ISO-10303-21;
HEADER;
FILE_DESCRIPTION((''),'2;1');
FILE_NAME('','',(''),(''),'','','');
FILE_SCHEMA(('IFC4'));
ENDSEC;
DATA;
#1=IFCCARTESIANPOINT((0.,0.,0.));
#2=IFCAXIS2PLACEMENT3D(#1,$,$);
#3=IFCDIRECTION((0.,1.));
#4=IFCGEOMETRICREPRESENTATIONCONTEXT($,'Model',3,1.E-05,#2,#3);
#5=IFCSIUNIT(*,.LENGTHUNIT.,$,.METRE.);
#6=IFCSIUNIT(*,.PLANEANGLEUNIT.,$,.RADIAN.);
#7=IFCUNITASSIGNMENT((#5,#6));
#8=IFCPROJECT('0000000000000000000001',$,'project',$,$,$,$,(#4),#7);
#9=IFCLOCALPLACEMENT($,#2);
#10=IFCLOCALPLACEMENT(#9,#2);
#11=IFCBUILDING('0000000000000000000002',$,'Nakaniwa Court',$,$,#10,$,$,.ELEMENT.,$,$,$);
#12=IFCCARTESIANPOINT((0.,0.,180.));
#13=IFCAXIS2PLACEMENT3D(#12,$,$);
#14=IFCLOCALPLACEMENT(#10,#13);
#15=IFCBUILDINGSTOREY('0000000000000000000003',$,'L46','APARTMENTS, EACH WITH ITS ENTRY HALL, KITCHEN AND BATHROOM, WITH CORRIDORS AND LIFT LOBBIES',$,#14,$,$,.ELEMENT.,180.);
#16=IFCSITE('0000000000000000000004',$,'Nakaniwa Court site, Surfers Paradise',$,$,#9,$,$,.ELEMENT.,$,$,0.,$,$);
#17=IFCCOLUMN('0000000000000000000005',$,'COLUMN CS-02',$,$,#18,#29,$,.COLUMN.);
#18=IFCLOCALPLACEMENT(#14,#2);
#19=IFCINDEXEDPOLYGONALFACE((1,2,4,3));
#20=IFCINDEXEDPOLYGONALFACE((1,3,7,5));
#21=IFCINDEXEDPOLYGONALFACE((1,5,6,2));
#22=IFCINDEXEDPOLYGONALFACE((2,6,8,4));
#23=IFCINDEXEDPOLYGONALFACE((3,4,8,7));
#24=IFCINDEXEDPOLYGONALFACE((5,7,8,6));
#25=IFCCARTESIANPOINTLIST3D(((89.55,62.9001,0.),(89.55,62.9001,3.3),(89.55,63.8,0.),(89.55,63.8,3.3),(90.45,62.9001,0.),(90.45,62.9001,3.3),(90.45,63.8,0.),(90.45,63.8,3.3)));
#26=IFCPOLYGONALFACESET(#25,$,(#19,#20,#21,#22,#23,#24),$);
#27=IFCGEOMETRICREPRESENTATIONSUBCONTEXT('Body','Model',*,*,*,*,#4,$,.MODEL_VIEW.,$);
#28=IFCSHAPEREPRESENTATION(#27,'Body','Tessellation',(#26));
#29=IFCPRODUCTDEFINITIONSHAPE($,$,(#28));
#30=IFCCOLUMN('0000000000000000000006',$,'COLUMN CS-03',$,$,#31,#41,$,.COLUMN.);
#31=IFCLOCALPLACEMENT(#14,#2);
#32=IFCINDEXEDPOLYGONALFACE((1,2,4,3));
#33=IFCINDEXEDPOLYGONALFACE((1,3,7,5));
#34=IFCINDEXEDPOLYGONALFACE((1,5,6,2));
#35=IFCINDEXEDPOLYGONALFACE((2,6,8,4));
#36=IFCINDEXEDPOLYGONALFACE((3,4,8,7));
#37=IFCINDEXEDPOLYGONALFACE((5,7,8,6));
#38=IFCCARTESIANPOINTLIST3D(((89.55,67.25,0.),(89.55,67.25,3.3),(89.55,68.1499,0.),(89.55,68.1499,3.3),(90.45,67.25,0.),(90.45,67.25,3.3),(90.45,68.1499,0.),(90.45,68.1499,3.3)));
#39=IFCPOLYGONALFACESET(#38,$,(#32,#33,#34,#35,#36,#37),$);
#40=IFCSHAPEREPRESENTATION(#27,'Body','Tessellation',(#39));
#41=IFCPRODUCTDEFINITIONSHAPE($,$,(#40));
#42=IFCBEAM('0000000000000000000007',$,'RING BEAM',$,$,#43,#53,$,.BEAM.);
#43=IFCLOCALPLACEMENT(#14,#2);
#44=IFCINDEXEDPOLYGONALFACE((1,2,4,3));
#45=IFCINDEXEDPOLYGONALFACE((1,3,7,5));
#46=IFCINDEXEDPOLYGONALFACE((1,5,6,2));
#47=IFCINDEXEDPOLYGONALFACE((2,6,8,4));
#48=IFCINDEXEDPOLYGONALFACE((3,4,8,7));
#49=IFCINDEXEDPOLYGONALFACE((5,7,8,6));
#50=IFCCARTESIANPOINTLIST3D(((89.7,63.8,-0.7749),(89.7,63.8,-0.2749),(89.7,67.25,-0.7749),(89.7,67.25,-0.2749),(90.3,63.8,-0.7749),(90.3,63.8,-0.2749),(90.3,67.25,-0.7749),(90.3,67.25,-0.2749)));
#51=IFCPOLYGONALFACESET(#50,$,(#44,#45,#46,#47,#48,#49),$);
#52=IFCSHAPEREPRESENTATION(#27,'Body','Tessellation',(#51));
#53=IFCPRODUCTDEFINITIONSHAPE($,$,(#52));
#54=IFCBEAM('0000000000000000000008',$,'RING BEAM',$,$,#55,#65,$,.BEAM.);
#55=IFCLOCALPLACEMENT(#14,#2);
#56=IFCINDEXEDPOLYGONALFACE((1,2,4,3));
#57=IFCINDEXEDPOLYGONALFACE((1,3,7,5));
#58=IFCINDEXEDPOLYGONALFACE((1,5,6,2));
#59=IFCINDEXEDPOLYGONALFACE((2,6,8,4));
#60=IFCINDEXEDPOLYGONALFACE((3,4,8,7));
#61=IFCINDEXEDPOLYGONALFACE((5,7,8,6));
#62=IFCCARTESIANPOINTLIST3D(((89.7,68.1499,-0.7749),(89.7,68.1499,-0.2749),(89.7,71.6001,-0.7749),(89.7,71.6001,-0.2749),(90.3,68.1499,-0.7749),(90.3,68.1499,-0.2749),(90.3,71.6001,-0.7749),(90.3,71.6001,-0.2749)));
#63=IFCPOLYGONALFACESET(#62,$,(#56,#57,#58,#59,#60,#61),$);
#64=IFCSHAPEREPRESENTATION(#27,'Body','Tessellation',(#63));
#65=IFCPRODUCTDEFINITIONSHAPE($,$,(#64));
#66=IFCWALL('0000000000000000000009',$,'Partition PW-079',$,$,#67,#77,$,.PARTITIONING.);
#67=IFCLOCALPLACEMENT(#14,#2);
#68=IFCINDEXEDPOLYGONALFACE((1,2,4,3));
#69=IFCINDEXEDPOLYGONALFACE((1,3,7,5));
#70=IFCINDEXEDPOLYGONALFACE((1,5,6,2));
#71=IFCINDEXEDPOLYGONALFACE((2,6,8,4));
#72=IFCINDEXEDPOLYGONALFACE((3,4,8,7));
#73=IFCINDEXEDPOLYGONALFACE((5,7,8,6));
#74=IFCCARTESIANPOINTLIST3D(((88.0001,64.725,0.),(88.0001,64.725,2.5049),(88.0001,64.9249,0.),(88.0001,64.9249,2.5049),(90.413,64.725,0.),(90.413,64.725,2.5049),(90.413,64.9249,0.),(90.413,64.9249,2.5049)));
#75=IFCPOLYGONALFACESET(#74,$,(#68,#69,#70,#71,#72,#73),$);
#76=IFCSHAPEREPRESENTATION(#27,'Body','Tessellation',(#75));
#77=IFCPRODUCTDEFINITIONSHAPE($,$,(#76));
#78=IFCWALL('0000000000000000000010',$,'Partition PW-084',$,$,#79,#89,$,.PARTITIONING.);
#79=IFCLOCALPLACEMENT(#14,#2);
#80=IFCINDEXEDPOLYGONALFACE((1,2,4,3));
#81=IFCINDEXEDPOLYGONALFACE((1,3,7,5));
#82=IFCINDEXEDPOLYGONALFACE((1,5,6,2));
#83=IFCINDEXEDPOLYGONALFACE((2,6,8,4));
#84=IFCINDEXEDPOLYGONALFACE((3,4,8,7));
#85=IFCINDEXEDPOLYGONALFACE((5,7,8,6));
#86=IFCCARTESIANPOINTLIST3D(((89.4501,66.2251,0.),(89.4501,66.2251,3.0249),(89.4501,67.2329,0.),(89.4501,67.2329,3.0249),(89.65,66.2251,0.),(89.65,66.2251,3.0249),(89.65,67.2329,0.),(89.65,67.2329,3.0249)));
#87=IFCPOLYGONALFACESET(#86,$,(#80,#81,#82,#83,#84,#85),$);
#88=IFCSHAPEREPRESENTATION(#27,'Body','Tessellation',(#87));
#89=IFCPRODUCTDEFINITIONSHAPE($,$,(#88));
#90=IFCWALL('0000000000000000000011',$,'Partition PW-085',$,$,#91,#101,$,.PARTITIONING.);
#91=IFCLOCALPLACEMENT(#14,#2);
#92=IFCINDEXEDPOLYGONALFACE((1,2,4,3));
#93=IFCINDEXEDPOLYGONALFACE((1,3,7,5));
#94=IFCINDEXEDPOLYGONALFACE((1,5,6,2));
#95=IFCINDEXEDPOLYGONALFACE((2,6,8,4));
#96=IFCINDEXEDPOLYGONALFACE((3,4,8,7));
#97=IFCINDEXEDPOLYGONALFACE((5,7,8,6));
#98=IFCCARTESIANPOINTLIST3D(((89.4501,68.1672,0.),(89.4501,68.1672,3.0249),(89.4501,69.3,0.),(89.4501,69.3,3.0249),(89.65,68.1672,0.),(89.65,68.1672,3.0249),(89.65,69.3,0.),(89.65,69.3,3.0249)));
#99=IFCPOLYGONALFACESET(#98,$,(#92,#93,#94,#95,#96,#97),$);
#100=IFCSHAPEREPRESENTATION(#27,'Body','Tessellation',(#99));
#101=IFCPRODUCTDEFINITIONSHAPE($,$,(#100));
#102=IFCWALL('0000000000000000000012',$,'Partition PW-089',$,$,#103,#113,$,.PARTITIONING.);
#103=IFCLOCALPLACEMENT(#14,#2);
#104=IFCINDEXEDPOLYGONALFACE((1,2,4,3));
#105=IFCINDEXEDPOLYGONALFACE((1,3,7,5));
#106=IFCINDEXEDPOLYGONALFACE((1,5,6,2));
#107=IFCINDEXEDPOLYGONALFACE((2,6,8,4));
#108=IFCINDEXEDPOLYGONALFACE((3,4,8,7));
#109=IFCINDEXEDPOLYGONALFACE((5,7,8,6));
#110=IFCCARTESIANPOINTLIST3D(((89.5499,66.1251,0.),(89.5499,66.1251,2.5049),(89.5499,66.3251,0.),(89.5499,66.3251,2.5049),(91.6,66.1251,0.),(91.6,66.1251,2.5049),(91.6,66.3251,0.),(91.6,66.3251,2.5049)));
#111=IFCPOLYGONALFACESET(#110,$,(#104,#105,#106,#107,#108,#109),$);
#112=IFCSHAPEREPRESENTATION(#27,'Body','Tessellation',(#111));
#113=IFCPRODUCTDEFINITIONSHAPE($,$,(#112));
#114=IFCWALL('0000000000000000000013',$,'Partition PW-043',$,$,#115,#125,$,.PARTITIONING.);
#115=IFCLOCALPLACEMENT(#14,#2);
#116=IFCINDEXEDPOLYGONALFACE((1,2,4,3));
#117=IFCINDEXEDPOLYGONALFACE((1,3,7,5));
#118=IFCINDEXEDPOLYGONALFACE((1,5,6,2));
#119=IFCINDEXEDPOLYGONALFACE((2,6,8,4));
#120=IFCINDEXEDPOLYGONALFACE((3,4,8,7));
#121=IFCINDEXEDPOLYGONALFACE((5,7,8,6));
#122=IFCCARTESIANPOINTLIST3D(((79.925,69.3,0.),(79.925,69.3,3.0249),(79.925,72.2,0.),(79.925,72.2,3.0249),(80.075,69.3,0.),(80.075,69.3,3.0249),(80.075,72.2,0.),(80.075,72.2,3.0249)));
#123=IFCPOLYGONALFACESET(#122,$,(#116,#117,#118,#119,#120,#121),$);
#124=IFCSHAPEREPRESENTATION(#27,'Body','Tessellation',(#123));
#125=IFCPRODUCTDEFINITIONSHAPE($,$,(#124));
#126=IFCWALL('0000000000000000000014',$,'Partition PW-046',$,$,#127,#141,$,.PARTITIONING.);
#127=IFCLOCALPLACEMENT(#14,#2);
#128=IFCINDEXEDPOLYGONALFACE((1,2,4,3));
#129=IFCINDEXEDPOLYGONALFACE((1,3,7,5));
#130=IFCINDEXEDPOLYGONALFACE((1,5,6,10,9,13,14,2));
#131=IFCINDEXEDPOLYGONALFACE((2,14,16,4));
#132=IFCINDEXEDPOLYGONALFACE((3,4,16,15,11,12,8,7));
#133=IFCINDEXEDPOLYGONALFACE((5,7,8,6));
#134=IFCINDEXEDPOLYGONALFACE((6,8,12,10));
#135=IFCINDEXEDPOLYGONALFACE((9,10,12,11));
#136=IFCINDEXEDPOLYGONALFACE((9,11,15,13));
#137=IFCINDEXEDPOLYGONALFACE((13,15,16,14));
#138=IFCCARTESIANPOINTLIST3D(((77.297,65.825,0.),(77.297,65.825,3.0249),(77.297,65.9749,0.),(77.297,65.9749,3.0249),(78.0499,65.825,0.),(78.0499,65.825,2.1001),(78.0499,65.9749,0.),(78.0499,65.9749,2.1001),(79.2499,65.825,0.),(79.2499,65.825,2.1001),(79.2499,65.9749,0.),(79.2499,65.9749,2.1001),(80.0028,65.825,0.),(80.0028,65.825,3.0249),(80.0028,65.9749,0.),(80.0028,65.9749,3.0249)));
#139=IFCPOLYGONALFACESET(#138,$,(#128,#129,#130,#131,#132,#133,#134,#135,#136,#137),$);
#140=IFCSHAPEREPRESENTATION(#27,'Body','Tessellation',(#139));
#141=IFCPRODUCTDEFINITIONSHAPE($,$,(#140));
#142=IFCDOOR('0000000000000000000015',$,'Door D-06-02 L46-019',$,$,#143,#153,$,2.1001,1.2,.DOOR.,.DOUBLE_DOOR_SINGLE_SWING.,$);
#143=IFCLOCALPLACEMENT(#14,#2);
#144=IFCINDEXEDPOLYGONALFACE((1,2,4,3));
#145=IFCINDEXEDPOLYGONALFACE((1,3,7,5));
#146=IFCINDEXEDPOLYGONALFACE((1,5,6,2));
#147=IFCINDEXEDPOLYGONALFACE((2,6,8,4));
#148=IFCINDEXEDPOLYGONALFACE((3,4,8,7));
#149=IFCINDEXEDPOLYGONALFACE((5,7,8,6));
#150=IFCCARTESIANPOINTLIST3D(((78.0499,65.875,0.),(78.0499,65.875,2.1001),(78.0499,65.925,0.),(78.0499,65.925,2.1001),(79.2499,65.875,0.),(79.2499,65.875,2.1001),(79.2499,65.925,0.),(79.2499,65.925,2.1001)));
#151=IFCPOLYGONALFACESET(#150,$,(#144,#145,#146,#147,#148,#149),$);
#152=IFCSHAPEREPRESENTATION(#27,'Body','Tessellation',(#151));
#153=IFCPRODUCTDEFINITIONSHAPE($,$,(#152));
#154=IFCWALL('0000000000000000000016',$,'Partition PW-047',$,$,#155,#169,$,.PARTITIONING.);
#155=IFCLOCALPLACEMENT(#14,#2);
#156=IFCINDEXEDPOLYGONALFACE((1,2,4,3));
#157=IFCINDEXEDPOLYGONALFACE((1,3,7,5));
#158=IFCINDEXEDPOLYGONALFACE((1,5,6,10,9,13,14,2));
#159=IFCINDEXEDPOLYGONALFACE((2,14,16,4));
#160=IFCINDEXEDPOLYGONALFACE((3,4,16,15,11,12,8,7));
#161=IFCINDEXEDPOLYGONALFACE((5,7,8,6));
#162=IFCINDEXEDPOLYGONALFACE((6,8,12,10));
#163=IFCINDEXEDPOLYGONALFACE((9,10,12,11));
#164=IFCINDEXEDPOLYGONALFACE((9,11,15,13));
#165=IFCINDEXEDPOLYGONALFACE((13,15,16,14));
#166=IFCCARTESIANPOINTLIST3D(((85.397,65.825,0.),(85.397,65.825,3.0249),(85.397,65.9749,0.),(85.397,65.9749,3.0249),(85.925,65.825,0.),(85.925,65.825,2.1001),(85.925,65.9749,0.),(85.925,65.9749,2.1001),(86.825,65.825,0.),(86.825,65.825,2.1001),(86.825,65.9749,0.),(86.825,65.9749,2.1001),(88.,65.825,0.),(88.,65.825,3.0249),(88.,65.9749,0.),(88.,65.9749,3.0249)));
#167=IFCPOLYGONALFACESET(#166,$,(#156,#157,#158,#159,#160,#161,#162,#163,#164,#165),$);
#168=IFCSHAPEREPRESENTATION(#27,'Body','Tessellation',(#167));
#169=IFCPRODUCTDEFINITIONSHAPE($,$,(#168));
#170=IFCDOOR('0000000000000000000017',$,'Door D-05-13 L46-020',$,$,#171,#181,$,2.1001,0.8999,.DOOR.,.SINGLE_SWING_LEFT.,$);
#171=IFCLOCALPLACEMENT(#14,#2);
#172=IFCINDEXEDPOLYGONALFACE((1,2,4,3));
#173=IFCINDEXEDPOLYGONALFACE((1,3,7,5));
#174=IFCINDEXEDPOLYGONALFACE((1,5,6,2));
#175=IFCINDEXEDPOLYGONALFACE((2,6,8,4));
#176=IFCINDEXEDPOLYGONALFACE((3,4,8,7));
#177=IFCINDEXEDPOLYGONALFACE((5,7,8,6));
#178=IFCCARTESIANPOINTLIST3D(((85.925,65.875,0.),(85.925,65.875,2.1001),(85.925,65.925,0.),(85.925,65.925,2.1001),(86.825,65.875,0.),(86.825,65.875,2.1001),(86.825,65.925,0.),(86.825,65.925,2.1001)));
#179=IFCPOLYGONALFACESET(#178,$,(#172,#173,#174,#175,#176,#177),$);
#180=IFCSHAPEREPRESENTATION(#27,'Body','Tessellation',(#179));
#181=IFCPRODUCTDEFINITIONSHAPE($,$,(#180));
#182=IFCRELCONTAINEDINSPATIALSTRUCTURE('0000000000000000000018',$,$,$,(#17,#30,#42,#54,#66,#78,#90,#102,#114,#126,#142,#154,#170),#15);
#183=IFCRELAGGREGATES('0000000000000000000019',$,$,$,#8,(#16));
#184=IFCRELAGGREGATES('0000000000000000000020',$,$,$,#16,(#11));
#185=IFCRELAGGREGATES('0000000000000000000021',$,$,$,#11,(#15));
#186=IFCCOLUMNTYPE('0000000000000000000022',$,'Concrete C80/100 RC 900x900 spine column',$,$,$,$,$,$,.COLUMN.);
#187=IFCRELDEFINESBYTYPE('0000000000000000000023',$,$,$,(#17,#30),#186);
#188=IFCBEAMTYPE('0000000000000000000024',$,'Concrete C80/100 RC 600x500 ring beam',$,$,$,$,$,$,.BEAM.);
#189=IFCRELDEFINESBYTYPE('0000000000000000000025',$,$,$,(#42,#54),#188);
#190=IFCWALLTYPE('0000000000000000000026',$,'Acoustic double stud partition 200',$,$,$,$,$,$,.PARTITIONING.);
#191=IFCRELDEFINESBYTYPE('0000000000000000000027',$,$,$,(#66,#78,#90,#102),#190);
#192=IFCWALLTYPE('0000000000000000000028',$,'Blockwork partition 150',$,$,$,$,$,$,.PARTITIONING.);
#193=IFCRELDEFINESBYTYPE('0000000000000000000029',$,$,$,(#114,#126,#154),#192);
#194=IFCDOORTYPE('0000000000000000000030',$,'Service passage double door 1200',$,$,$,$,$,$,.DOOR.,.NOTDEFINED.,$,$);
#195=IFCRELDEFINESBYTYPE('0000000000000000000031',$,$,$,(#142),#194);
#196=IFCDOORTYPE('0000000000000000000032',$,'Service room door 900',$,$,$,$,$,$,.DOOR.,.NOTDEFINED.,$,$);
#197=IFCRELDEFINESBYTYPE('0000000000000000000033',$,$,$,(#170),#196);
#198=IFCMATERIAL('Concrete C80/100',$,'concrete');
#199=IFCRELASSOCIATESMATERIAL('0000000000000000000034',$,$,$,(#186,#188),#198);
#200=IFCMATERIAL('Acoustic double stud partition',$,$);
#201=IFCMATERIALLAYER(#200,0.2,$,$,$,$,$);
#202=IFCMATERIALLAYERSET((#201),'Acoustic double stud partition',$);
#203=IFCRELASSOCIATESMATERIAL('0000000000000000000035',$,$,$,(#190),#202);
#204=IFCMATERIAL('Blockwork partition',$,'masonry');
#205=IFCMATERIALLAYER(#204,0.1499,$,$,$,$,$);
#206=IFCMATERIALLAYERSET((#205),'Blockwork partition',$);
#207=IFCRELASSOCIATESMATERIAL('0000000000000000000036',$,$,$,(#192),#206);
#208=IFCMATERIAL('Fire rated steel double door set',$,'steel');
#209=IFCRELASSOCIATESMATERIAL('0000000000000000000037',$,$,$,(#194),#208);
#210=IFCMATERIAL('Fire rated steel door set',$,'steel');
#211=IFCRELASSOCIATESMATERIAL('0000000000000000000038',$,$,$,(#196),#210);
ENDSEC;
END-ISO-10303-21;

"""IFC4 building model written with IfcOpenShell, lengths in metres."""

from ifc_helpers import new_model, si_unit, direction, frame, frame_2d, origin, origin_2d, place, context, subcontext, project, spatial, rectangle, extrude, material, layer, layer_set, material_profile, profile_set, type_object, element, fill, save


model = new_model("IFC4")

# Units and contexts
model_context = context("Model", 3, precision=1e-05, world=origin(), true_north=direction((0.0, 1.0)))
body_context = subcontext(model_context, "Body", "Model", "MODEL_VIEW")
ifc_project = project(units=[si_unit("LENGTHUNIT", "METRE"), si_unit("PLANEANGLEUNIT", "RADIAN")], contexts=[model_context])

# Site, building, storey
site_placement = place(None, origin())
site = spatial("IfcSite", under=ifc_project, at=site_placement, Name="Nakaniwa Court site, Surfers Paradise", CompositionType="ELEMENT", RefElevation=0.0)
building_placement = place(site_placement, origin())
building = spatial("IfcBuilding", under=site, at=building_placement, Name="Nakaniwa Court", CompositionType="ELEMENT")
storey_placement = place(building_placement, frame((0.0, 0.0, 180.0)))
storey = spatial("IfcBuildingStorey", under=building, at=storey_placement, Name="L46", Description="APARTMENTS, EACH WITH ITS ENTRY HALL, KITCHEN AND BATHROOM, WITH CORRIDORS AND LIFT LOBBIES", CompositionType="ELEMENT", Elevation=180.0)

# Columns
ifc_material_1 = material(Name="Concrete C80/100", Category="concrete")
ifc_material_profile_1 = material_profile(ifc_material_1, rectangle(XDim=0.8999, YDim=0.8999, at=origin_2d()), Name="Concrete C80/100 RC 900x900 spine column")
ifc_profile_set_1 = profile_set([ifc_material_profile_1], Name="Concrete C80/100")
column_type = type_object("IfcColumnType", Name="Concrete C80/100 RC 900x900 spine column", PredefinedType="COLUMN", material=ifc_profile_set_1)
for number, where, z_axis, x_axis, name in (
    (1, (90.0, 63.3501, 0.0), (0.0, 0.0, 1.0), (0.0, 1.0, 0.0), "COLUMN CS-02"),
    (2, (90.0, 67.7, 0.0), (0.0, 0.0, 1.0), (0.0, 1.0, 0.0), "COLUMN CS-03"),
):
    element("IfcColumn", number, at=place(storey_placement, frame(where, z_axis=z_axis, x_axis=x_axis)), inside=storey, type_object=column_type, Name=name, PredefinedType="COLUMN", context=body_context, shape_type="SweptSolid", body=[
        extrude(rectangle(XDim=0.8999, YDim=0.8999, at=origin_2d()), origin(), (0.0, 0.0, 1.0), 3.3),
    ])

# Beams
ifc_material_profile_2 = material_profile(ifc_material_1, rectangle(XDim=0.6001, YDim=0.5, at=origin_2d()), Name="Concrete C80/100 RC 600x500 ring beam")
ifc_profile_set_2 = profile_set([ifc_material_profile_2], Name="Concrete C80/100")
beam_type = type_object("IfcBeamType", Name="Concrete C80/100 RC 600x500 ring beam", PredefinedType="BEAM", material=ifc_profile_set_2)
beam_1_placement = place(storey_placement, frame((90.0, 63.8, -0.5249), z_axis=(0.0, 1.0, 0.0), x_axis=(-1.0, 0.0, 0.0)))
element("IfcBeam", 3, at=beam_1_placement, inside=storey, type_object=beam_type, Name="RING BEAM", PredefinedType="BEAM", context=body_context, shape_type="SweptSolid", body=[
    extrude(rectangle(XDim=0.6001, YDim=0.5, at=origin_2d()), origin(), (0.0, 0.0, 1.0), 3.45),
])
beam_2_placement = place(storey_placement, frame((90.0, 68.1499, -0.5249), z_axis=(0.0, 1.0, 0.0), x_axis=(-1.0, 0.0, 0.0)))
element("IfcBeam", 4, at=beam_2_placement, inside=storey, type_object=beam_type, Name="RING BEAM", PredefinedType="BEAM", context=body_context, shape_type="SweptSolid", body=[
    extrude(rectangle(XDim=0.6001, YDim=0.5, at=origin_2d()), origin(), (0.0, 0.0, 1.0), 3.4502),
])

# Walls
ifc_material_2 = material(Name="Acoustic double stud partition")
ifc_layer_1 = layer(ifc_material_2, 0.2)
ifc_layer_set_1 = layer_set([ifc_layer_1], Name="Acoustic double stud partition")
wall_type_1 = type_object("IfcWallType", Name="Acoustic double stud partition 200", PredefinedType="PARTITIONING", material=ifc_layer_set_1)
wall_1_placement = place(storey_placement, frame((88.0, 64.825, 0.0), z_axis=(0.0, 0.0, 1.0), x_axis=(1.0, 0.0, 0.0)))
element("IfcWall", 5, at=wall_1_placement, inside=storey, type_object=wall_type_1, Name="Partition PW-079", PredefinedType="PARTITIONING", context=body_context, shape_type="SweptSolid", body=[
    extrude(rectangle(XDim=2.4128, YDim=0.2, at=frame_2d((1.2065, 0.0))), origin(), (0.0, 0.0, 1.0), 2.5049),
])
wall_2_placement = place(storey_placement, frame((89.55, 66.2251, 0.0), z_axis=(0.0, 0.0, 1.0), x_axis=(0.0, 1.0, 0.0)))
element("IfcWall", 6, at=wall_2_placement, inside=storey, type_object=wall_type_1, Name="Partition PW-084", PredefinedType="PARTITIONING", context=body_context, shape_type="SweptSolid", body=[
    extrude(rectangle(XDim=1.0078, YDim=0.2, at=frame_2d((0.5039, 0.0))), origin(), (0.0, 0.0, 1.0), 3.0249),
])
wall_3_placement = place(storey_placement, frame((89.55, 68.1672, 0.0), z_axis=(0.0, 0.0, 1.0), x_axis=(0.0, 1.0, 0.0)))
element("IfcWall", 7, at=wall_3_placement, inside=storey, type_object=wall_type_1, Name="Partition PW-085", PredefinedType="PARTITIONING", context=body_context, shape_type="SweptSolid", body=[
    extrude(rectangle(XDim=1.1328, YDim=0.2, at=frame_2d((0.5664, 0.0))), origin(), (0.0, 0.0, 1.0), 3.0249),
])
wall_4_placement = place(storey_placement, frame((89.55, 66.2251, 0.0), z_axis=(0.0, 0.0, 1.0), x_axis=(1.0, 0.0, 0.0)))
element("IfcWall", 8, at=wall_4_placement, inside=storey, type_object=wall_type_1, Name="Partition PW-089", PredefinedType="PARTITIONING", context=body_context, shape_type="SweptSolid", body=[
    extrude(rectangle(XDim=2.05, YDim=0.2, at=frame_2d((1.0249, 0.0))), origin(), (0.0, 0.0, 1.0), 2.5049),
])
ifc_material_3 = material(Name="Blockwork partition", Category="masonry")
ifc_layer_2 = layer(ifc_material_3, 0.1499)
ifc_layer_set_2 = layer_set([ifc_layer_2], Name="Blockwork partition")
wall_type_2 = type_object("IfcWallType", Name="Blockwork partition 150", PredefinedType="PARTITIONING", material=ifc_layer_set_2)
wall_5_placement = place(storey_placement, frame((80.0, 69.3, 0.0), z_axis=(0.0, 0.0, 1.0), x_axis=(0.0, 1.0, 0.0)))
element("IfcWall", 9, at=wall_5_placement, inside=storey, type_object=wall_type_2, Name="Partition PW-043", PredefinedType="PARTITIONING", context=body_context, shape_type="SweptSolid", body=[
    extrude(rectangle(XDim=2.8999, YDim=0.1499, at=frame_2d((1.45, 0.0))), origin(), (0.0, 0.0, 1.0), 3.0249),
])

# Walls, openings, doors
wall_6_placement = place(storey_placement, frame((80.0029, 65.8999, 0.0), z_axis=(0.0, 0.0, 1.0), x_axis=(-1.0, 0.0, 0.0)))
wall_6 = element("IfcWall", 10, at=wall_6_placement, inside=storey, type_object=wall_type_2, Name="Partition PW-046", PredefinedType="PARTITIONING", context=body_context, shape_type="SweptSolid", body=[
    extrude(rectangle(XDim=2.7058, YDim=0.1499, at=frame_2d((1.353, 0.0))), origin(), (0.0, 0.0, 1.0), 3.0249),
])
opening_1_placement = place(wall_6_placement, frame((0.7529, 0.0, 0.0)))
opening_1 = element("IfcOpeningElement", 11, at=opening_1_placement, cuts=wall_6, PredefinedType="OPENING", context=body_context, shape_type="SweptSolid", body=[
    extrude(rectangle(XDim=1.2, YDim=2.1001, at=frame_2d((0.6001, 1.05))), frame((0.0, 0.085, 0.0), z_axis=(0.0, -1.0, 0.0), x_axis=(1.0, 0.0, 0.0)), (0.0, 0.0, 1.0), 0.1699),
])
ifc_material_4 = material(Name="Fire rated steel double door set", Category="steel")
door_type_1 = type_object("IfcDoorType", Name="Service passage double door 1200", OperationType="NOTDEFINED", PredefinedType="DOOR", material=ifc_material_4)
door_1_placement = place(opening_1_placement, origin())
door_1 = element("IfcDoor", 12, at=door_1_placement, inside=storey, type_object=door_type_1, Name="Door D-06-02 L46-019", OperationType="DOUBLE_DOOR_SINGLE_SWING", OverallHeight=2.1001, OverallWidth=1.2, PredefinedType="DOOR", context=body_context, shape_type="SweptSolid", body=[
    extrude(rectangle(XDim=1.2, YDim=2.1001, at=frame_2d((0.6001, 1.05))), frame((0.0, 0.0249, 0.0), z_axis=(0.0, -1.0, 0.0), x_axis=(1.0, 0.0, 0.0)), (0.0, 0.0, 1.0), 0.05),
])
fill(opening_1, door_1)
wall_7_placement = place(storey_placement, frame((88.0, 65.8999, 0.0), z_axis=(0.0, 0.0, 1.0), x_axis=(-1.0, 0.0, 0.0)))
wall_7 = element("IfcWall", 13, at=wall_7_placement, inside=storey, type_object=wall_type_2, Name="Partition PW-047", PredefinedType="PARTITIONING", context=body_context, shape_type="SweptSolid", body=[
    extrude(rectangle(XDim=2.603, YDim=0.1499, at=frame_2d((1.3015, 0.0))), origin(), (0.0, 0.0, 1.0), 3.0249),
])
opening_2_placement = place(wall_7_placement, frame((1.175, 0.0, 0.0)))
opening_2 = element("IfcOpeningElement", 14, at=opening_2_placement, cuts=wall_7, PredefinedType="OPENING", context=body_context, shape_type="SweptSolid", body=[
    extrude(rectangle(XDim=0.8999, YDim=2.1001, at=frame_2d((0.45, 1.05))), frame((0.0, 0.085, 0.0), z_axis=(0.0, -1.0, 0.0), x_axis=(1.0, 0.0, 0.0)), (0.0, 0.0, 1.0), 0.1699),
])
ifc_material_5 = material(Name="Fire rated steel door set", Category="steel")
door_type_2 = type_object("IfcDoorType", Name="Service room door 900", OperationType="NOTDEFINED", PredefinedType="DOOR", material=ifc_material_5)
door_2_placement = place(opening_2_placement, origin())
door_2 = element("IfcDoor", 15, at=door_2_placement, inside=storey, type_object=door_type_2, Name="Door D-05-13 L46-020", OperationType="SINGLE_SWING_LEFT", OverallHeight=2.1001, OverallWidth=0.8999, PredefinedType="DOOR", context=body_context, shape_type="SweptSolid", body=[
    extrude(rectangle(XDim=0.8999, YDim=2.1001, at=frame_2d((0.45, 1.05))), frame((0.0, 0.0249, 0.0), z_axis=(0.0, -1.0, 0.0), x_axis=(1.0, 0.0, 0.0)), (0.0, 0.0, 1.0), 0.05),
])
fill(opening_2, door_2)

save(model, "model.ifc")
